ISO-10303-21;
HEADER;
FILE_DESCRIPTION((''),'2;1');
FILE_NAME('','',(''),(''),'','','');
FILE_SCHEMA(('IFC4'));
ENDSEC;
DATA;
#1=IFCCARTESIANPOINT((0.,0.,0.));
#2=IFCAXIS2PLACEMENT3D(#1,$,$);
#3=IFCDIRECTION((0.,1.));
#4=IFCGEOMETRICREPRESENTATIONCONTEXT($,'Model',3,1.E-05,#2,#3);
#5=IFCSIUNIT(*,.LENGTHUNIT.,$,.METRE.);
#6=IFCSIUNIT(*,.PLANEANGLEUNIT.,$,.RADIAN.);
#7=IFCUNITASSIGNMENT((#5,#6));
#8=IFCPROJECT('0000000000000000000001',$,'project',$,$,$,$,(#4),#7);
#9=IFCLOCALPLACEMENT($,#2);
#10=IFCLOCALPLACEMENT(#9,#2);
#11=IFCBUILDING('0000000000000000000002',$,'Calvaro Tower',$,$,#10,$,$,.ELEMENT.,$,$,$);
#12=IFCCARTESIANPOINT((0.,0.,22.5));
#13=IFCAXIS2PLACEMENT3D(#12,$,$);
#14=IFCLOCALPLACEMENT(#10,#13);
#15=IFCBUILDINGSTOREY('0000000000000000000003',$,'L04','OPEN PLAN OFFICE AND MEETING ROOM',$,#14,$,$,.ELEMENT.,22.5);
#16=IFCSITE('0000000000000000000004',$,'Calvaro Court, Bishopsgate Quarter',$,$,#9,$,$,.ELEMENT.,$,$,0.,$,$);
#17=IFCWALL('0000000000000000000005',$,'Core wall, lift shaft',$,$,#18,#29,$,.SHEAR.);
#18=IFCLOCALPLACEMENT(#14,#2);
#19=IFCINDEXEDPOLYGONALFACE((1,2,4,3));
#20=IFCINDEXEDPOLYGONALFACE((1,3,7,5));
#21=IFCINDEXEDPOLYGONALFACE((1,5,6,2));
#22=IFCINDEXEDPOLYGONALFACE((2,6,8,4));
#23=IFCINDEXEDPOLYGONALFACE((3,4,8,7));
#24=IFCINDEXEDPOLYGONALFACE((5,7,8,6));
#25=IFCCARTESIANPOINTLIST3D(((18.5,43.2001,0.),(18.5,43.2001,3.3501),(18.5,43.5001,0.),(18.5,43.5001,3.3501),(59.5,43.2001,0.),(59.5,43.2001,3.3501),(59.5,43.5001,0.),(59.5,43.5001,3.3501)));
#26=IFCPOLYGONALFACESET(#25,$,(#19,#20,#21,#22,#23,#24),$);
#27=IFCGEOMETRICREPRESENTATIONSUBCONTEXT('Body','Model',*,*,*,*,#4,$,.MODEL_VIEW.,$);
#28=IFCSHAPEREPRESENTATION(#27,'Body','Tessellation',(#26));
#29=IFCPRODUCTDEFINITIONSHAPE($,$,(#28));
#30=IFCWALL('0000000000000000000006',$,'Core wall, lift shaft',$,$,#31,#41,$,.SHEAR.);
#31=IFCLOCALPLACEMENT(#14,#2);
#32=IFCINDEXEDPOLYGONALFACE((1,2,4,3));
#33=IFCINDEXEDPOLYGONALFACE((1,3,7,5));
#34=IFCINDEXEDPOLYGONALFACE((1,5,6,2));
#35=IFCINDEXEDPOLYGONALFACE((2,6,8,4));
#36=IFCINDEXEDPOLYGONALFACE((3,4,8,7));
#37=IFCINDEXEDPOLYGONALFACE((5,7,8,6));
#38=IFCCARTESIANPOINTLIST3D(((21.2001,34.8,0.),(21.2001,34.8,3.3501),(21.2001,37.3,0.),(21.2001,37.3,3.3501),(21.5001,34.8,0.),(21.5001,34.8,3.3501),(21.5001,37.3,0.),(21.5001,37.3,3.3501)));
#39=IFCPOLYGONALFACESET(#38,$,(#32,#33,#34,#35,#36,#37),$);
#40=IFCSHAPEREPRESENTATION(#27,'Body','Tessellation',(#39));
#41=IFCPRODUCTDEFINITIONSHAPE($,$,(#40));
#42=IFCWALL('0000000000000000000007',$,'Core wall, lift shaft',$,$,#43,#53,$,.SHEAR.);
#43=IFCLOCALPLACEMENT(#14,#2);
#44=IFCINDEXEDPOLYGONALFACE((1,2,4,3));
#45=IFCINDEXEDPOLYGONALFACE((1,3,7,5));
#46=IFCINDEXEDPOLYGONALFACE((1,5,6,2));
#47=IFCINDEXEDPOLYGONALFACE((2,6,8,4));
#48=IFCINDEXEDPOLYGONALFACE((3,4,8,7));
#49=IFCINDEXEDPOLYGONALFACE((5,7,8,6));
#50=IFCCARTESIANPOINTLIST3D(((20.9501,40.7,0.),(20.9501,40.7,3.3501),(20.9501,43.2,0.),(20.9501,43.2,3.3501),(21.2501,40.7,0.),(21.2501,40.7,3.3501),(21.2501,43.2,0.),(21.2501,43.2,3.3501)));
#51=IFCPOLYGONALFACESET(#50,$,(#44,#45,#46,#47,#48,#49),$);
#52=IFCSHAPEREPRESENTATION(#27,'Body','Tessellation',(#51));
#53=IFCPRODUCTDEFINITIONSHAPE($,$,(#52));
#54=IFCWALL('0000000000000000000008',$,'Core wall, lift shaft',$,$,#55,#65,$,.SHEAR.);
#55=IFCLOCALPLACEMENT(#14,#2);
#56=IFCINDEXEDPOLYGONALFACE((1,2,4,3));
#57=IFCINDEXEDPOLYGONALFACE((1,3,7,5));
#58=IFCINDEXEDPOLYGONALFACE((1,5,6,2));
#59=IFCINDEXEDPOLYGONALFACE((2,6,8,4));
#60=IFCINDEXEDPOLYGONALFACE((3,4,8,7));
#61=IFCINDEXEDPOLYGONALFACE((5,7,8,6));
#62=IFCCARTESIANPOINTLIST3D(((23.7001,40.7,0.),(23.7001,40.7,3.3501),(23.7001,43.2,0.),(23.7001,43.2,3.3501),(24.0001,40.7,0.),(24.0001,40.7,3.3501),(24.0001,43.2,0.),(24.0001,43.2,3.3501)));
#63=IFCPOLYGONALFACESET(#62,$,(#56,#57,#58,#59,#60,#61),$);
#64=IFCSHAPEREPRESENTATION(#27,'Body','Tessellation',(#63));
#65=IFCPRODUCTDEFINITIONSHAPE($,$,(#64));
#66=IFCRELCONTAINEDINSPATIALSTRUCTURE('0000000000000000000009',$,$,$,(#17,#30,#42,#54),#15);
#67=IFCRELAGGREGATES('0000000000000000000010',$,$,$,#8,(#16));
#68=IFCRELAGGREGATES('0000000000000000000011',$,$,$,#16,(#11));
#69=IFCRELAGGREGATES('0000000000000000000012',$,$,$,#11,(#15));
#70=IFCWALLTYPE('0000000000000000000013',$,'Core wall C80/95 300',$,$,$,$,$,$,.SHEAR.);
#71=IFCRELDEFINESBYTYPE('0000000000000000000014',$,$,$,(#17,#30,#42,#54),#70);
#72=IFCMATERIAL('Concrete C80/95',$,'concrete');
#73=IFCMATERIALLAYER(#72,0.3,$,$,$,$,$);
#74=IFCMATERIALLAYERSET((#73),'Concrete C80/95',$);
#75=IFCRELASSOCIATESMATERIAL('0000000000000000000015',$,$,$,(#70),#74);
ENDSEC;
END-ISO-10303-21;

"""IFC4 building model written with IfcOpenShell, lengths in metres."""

from ifc_helpers import new_model, si_unit, direction, frame, frame_2d, origin, place, context, subcontext, project, spatial, rectangle, extrude, material, layer, layer_set, type_object, element, save


model = new_model("IFC4")

# Units and contexts
model_context = context("Model", 3, precision=1e-05, world=origin(), true_north=direction((0.0, 1.0)))
body_context = subcontext(model_context, "Body", "Model", "MODEL_VIEW")
ifc_project = project(units=[si_unit("LENGTHUNIT", "METRE"), si_unit("PLANEANGLEUNIT", "RADIAN")], contexts=[model_context])

# Site, building, storey
site_placement = place(None, origin())
site = spatial("IfcSite", under=ifc_project, at=site_placement, Name="Calvaro Court, Bishopsgate Quarter", CompositionType="ELEMENT", RefElevation=0.0)
building_placement = place(site_placement, origin())
building = spatial("IfcBuilding", under=site, at=building_placement, Name="Calvaro Tower", CompositionType="ELEMENT")
storey_placement = place(building_placement, frame((0.0, 0.0, 22.5)))
storey = spatial("IfcBuildingStorey", under=building, at=storey_placement, Name="L04", Description="OPEN PLAN OFFICE AND MEETING ROOM", CompositionType="ELEMENT", Elevation=22.5)

# Shared definitions
ifc_material_1 = material(Name="Concrete C80/95", Category="concrete")
ifc_layer_1 = layer(ifc_material_1, 0.3)
ifc_layer_set_1 = layer_set([ifc_layer_1], Name="Concrete C80/95")
wall_type_1 = type_object("IfcWallType", Name="Core wall C80/95 300", PredefinedType="SHEAR", material=ifc_layer_set_1)

# Walls
wall_1_placement = place(storey_placement, frame((18.5, 43.3501, 0.0), z_axis=(0.0, 0.0, 1.0), x_axis=(1.0, 0.0, 0.0)))
element("IfcWall", 1, at=wall_1_placement, inside=storey, type_object=wall_type_1, Name="Core wall, lift shaft", PredefinedType="SHEAR", context=body_context, shape_type="SweptSolid", body=[
    extrude(rectangle(XDim=41.0, YDim=0.3, at=frame_2d((20.5, 0.0))), origin(), (0.0, 0.0, 1.0), 3.3501),
])
for number, where, z_axis, x_axis, name in (
    (2, (21.3501, 34.8, 0.0), (0.0, 0.0, 1.0), (0.0, 1.0, 0.0), "Core wall, lift shaft"),
    (3, (21.1001, 40.7, 0.0), (0.0, 0.0, 1.0), (0.0, 1.0, 0.0), "Core wall, lift shaft"),
    (4, (23.8501, 40.7, 0.0), (0.0, 0.0, 1.0), (0.0, 1.0, 0.0), "Core wall, lift shaft"),
):
    element("IfcWall", number, at=place(storey_placement, frame(where, z_axis=z_axis, x_axis=x_axis)), inside=storey, type_object=wall_type_1, Name=name, PredefinedType="SHEAR", context=body_context, shape_type="SweptSolid", body=[
        extrude(rectangle(XDim=2.5, YDim=0.3, at=frame_2d((1.25, 0.0))), origin(), (0.0, 0.0, 1.0), 3.3501),
    ])

save(model, "model.ifc")
